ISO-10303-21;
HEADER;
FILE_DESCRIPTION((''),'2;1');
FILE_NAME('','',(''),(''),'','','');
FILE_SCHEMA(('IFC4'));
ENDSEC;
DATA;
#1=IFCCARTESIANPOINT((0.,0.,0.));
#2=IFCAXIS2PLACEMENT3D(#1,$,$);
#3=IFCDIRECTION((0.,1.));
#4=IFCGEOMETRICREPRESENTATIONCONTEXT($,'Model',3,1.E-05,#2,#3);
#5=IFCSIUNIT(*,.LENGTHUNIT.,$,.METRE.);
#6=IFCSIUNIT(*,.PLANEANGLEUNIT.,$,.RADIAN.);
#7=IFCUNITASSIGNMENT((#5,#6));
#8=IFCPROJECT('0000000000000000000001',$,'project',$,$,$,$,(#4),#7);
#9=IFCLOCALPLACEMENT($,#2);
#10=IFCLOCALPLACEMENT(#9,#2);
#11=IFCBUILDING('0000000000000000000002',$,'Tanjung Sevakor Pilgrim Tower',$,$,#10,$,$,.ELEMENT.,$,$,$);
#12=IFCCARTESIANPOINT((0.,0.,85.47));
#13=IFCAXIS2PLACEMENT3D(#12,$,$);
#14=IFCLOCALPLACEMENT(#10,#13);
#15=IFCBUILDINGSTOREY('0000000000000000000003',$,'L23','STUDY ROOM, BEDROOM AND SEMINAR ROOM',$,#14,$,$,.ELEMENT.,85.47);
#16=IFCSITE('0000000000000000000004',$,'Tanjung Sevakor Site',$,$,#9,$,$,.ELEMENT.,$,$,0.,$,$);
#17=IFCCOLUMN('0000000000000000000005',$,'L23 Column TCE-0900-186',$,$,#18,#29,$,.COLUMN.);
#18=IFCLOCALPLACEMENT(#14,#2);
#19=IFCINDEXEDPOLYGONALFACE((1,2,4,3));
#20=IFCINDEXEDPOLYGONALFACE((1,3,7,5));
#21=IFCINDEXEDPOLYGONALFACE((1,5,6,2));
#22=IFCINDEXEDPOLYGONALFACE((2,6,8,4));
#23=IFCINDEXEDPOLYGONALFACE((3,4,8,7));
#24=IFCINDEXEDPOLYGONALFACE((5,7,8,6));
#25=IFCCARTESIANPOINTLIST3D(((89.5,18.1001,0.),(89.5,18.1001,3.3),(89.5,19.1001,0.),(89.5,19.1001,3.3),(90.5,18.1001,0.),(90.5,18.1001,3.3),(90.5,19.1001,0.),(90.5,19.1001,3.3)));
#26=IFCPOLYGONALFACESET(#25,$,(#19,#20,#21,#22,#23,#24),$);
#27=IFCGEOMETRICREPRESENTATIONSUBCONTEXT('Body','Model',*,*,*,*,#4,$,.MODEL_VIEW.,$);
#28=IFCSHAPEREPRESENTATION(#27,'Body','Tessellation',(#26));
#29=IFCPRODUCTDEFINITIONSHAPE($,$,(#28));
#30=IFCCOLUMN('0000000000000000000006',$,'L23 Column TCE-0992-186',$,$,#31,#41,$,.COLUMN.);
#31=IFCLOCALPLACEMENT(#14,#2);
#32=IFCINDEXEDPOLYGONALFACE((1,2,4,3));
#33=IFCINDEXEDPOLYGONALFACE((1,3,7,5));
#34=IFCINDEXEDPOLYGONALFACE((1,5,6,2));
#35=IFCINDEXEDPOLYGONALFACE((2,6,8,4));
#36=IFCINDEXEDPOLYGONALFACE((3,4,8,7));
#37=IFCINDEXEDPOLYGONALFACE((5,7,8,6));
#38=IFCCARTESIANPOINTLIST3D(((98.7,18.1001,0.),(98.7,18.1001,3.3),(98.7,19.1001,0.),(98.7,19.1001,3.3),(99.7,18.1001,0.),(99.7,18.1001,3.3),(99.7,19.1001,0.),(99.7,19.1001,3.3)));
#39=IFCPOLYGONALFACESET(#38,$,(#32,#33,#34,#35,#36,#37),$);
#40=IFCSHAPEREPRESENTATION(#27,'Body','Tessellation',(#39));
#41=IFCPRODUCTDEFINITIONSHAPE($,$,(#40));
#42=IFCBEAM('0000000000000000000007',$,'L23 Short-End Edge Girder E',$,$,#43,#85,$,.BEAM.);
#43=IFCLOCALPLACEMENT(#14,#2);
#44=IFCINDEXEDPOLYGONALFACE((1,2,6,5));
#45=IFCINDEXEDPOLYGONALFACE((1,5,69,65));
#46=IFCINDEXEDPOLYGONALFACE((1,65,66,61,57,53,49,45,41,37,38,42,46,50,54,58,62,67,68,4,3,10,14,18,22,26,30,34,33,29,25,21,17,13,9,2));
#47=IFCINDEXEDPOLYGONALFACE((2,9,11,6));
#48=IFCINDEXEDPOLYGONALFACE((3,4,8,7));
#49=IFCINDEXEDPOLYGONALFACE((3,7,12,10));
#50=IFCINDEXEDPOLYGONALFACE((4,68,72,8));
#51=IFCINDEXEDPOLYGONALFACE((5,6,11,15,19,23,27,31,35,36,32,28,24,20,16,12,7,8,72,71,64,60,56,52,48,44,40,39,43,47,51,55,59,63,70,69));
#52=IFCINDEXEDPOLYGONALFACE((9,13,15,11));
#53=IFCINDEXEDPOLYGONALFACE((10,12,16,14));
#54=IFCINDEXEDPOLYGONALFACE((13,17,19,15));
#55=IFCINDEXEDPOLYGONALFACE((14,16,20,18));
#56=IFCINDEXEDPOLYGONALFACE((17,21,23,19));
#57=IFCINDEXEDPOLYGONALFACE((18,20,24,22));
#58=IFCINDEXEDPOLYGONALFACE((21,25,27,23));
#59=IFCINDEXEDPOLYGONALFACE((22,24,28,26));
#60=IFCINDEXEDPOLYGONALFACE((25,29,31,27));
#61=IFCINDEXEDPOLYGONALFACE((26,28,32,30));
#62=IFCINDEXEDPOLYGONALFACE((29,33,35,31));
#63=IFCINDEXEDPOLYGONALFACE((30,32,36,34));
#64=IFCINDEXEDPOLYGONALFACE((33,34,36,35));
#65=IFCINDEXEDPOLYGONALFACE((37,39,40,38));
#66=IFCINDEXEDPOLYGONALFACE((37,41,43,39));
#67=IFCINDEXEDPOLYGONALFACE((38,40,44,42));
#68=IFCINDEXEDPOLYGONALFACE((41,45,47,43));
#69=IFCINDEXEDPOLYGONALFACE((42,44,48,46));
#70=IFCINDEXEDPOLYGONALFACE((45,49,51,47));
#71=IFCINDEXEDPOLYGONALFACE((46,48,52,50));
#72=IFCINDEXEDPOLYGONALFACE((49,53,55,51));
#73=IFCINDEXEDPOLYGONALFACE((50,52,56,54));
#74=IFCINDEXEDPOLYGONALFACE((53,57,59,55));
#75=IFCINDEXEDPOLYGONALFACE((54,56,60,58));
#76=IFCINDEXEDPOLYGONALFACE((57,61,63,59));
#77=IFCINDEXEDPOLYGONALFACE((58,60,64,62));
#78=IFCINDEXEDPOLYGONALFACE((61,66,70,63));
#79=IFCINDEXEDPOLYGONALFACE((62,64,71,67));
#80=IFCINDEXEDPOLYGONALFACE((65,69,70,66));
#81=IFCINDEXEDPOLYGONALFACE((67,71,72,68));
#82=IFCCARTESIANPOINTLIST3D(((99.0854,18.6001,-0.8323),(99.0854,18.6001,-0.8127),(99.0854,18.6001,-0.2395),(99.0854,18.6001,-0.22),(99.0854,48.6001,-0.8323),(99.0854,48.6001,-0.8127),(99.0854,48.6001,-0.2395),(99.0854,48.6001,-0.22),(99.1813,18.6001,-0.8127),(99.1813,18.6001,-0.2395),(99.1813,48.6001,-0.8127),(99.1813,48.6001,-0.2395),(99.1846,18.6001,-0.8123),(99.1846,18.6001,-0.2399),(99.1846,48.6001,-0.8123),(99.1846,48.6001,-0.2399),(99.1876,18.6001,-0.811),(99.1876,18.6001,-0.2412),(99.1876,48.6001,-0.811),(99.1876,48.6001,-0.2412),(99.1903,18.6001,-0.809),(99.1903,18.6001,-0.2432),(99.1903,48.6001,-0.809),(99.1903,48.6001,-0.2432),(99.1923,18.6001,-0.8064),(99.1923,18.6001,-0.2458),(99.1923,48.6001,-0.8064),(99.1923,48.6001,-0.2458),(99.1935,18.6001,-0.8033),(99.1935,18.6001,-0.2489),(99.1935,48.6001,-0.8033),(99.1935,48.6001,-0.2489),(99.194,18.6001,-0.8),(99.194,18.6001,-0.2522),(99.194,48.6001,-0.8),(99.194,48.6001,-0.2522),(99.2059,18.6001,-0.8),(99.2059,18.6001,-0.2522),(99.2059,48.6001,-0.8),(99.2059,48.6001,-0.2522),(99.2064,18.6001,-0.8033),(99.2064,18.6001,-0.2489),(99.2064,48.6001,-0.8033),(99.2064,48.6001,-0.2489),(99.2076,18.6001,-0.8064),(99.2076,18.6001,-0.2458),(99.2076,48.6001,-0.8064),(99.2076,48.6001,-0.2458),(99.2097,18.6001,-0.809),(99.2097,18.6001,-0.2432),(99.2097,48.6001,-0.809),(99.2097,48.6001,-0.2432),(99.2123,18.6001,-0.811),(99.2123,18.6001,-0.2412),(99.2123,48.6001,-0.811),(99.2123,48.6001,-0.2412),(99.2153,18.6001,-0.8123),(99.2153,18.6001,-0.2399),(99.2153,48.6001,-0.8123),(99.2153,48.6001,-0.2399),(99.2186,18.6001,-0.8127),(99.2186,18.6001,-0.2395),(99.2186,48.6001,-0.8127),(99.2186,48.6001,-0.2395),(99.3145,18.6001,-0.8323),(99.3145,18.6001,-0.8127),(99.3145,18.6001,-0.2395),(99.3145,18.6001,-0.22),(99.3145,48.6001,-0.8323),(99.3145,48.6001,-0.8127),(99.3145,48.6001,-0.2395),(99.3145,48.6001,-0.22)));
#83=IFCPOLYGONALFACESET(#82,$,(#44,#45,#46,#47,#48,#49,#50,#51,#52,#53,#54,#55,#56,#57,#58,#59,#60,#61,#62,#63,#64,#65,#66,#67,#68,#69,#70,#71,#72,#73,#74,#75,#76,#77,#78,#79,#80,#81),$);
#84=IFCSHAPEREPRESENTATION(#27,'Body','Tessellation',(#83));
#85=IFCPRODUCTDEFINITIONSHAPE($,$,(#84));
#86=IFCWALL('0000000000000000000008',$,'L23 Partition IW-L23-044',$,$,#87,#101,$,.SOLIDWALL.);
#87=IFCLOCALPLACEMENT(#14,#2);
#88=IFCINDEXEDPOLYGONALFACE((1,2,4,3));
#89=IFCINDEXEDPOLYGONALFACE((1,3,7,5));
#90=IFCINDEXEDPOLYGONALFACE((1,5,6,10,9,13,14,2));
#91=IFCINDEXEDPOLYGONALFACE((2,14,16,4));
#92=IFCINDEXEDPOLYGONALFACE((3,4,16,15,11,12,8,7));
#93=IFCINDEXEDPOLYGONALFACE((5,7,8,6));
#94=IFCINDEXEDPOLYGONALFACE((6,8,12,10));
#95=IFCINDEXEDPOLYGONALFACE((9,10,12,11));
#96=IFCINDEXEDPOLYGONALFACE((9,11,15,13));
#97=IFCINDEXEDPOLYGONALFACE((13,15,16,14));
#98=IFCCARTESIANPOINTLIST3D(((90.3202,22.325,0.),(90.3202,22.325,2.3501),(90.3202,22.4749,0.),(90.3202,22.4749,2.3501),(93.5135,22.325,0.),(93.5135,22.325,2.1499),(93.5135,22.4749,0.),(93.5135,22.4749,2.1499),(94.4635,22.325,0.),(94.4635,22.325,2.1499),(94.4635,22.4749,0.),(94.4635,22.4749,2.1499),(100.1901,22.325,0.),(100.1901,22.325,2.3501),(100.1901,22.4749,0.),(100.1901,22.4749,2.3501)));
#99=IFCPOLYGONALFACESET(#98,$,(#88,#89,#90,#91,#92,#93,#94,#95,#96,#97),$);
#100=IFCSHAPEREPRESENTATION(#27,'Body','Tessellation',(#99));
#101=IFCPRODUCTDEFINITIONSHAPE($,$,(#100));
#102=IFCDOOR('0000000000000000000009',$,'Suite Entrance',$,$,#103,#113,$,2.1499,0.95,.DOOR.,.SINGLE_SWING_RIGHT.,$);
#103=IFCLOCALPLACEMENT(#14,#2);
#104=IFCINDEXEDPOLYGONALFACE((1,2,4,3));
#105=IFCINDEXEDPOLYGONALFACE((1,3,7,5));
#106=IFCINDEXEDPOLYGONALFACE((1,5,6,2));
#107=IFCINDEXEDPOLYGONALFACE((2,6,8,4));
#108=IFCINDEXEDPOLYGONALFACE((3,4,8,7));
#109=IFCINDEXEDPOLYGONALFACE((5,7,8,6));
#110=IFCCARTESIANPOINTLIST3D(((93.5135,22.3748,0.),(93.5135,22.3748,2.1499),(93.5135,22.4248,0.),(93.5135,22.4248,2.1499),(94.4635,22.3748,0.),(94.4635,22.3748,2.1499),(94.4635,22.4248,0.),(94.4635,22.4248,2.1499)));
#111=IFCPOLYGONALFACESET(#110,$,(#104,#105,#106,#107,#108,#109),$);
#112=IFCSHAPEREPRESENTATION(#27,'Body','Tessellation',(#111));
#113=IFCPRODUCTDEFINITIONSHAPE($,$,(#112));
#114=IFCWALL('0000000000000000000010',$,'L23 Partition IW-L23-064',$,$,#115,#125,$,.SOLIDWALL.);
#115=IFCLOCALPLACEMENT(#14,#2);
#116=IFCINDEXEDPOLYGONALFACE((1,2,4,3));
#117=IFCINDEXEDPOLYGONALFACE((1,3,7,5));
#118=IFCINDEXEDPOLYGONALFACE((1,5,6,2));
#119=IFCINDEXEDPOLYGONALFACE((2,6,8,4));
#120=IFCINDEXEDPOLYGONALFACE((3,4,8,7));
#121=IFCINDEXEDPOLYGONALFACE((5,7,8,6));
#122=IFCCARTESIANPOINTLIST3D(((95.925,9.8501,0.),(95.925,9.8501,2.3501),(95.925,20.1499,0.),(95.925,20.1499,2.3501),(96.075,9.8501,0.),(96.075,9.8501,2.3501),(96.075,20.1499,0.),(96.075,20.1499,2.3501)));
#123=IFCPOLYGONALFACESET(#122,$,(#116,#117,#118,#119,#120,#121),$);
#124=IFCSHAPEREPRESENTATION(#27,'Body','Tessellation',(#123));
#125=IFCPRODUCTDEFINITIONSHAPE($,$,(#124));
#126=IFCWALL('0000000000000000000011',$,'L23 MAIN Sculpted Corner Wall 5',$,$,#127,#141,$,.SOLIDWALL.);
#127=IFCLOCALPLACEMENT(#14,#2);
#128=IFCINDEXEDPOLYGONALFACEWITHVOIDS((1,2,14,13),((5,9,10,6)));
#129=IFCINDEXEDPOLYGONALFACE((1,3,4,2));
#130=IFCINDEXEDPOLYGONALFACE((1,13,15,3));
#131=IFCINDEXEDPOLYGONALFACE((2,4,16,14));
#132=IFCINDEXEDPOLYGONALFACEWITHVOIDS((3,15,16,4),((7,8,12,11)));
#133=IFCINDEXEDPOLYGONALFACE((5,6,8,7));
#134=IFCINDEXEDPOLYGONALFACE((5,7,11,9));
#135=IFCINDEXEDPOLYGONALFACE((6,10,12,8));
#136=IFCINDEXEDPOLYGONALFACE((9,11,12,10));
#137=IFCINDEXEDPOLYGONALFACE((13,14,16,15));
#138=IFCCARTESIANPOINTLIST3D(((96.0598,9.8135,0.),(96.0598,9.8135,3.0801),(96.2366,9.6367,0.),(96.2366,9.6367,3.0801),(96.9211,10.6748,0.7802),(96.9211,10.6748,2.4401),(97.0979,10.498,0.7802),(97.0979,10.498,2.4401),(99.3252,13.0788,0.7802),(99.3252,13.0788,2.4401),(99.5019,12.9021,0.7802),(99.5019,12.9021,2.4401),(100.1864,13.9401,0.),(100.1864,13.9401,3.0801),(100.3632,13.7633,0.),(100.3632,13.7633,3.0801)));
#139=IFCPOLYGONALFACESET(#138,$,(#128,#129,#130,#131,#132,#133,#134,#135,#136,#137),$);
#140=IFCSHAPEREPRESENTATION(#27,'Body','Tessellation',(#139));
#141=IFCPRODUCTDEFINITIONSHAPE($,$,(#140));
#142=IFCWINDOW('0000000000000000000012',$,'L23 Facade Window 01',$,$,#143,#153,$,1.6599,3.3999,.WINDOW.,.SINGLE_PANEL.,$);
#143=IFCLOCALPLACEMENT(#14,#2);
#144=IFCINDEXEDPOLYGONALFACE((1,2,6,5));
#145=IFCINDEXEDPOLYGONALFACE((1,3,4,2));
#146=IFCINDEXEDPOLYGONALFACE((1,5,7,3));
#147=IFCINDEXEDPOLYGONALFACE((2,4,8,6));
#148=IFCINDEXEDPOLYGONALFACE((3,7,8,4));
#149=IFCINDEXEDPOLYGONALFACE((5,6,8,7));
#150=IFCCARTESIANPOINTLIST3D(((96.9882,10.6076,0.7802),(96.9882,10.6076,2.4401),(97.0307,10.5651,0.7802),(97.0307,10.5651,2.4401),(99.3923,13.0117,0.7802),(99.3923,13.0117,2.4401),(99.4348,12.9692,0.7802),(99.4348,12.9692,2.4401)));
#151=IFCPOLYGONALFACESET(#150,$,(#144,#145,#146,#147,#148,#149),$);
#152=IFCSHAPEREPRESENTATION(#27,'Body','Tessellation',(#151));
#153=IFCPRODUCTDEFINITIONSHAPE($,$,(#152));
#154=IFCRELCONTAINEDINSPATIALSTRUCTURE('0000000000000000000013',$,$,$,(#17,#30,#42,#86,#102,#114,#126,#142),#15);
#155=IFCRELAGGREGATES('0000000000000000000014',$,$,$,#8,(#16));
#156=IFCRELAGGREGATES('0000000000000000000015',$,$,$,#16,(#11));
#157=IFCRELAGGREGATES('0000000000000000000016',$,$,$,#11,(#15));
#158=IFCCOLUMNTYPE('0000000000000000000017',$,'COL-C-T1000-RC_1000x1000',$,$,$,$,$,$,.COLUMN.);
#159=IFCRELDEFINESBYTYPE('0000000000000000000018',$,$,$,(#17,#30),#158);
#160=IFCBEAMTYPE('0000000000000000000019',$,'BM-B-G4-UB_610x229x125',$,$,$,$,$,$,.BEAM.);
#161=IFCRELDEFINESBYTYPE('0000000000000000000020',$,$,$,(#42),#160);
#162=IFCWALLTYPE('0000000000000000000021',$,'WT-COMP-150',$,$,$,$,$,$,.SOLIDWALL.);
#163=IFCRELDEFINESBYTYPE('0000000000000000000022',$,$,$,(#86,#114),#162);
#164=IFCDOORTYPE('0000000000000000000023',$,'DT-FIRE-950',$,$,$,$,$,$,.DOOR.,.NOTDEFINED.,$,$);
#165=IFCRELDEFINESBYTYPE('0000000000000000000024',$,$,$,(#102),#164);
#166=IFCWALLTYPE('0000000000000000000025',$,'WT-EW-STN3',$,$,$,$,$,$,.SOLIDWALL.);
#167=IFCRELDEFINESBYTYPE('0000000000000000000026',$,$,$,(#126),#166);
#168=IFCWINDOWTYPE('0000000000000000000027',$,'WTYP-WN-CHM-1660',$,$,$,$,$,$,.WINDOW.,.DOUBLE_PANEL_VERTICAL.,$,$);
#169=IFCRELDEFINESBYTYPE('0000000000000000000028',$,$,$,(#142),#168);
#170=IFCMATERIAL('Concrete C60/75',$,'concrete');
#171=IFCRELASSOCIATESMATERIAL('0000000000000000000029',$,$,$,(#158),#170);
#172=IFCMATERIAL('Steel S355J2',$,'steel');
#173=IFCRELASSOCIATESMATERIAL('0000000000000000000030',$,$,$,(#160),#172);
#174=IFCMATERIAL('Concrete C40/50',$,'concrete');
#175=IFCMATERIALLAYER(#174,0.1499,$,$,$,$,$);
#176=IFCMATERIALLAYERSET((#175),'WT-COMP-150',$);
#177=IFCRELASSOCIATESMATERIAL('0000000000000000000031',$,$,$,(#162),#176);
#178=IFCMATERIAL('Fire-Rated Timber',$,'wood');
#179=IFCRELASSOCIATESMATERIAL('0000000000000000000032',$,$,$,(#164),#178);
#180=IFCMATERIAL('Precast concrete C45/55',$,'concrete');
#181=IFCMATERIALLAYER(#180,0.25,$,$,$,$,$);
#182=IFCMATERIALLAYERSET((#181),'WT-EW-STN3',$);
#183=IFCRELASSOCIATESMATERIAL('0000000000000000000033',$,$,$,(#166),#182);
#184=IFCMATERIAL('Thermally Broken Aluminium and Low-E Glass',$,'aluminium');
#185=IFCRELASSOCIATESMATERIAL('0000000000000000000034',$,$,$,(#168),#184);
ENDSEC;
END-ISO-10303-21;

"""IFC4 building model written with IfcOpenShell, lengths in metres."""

from ifc_helpers import new_model, si_unit, direction, frame, frame_2d, origin, origin_2d, place, context, subcontext, project, spatial, rectangle, i_section, extrude, material, layer, layer_set, material_profile, profile_set, type_object, element, fill, save


model = new_model("IFC4")

# Units and contexts
model_context = context("Model", 3, precision=1e-05, world=origin(), true_north=direction((0.0, 1.0)))
body_context = subcontext(model_context, "Body", "Model", "MODEL_VIEW")
ifc_project = project(units=[si_unit("LENGTHUNIT", "METRE"), si_unit("PLANEANGLEUNIT", "RADIAN")], contexts=[model_context])

# Site, building, storey
site_placement = place(None, origin())
site = spatial("IfcSite", under=ifc_project, at=site_placement, Name="Tanjung Sevakor Site", CompositionType="ELEMENT", RefElevation=0.0)
building_placement = place(site_placement, origin())
building = spatial("IfcBuilding", under=site, at=building_placement, Name="Tanjung Sevakor Pilgrim Tower", CompositionType="ELEMENT")
storey_placement = place(building_placement, frame((0.0, 0.0, 85.47)))
storey = spatial("IfcBuildingStorey", under=building, at=storey_placement, Name="L23", Description="STUDY ROOM, BEDROOM AND SEMINAR ROOM", CompositionType="ELEMENT", Elevation=85.47)

# Columns
ifc_material_1 = material(Name="Concrete C60/75", Category="concrete")
ifc_material_profile_1 = material_profile(ifc_material_1, rectangle(XDim=1.0, YDim=1.0, at=origin_2d()))
ifc_profile_set_1 = profile_set([ifc_material_profile_1], Name="Concrete C60/75")
column_type = type_object("IfcColumnType", Name="COL-C-T1000-RC_1000x1000", PredefinedType="COLUMN", material=ifc_profile_set_1)
for number, where, z_axis, x_axis, name in (
    (1, (90.0, 18.6001, 0.0), (0.0, 0.0, 1.0), (1.0, 0.0, 0.0), "L23 Column TCE-0900-186"),
    (2, (99.2, 18.6001, 0.0), (0.0, 0.0, 1.0), (1.0, 0.0, 0.0), "L23 Column TCE-0992-186"),
):
    element("IfcColumn", number, at=place(storey_placement, frame(where, z_axis=z_axis, x_axis=x_axis)), inside=storey, type_object=column_type, Name=name, PredefinedType="COLUMN", context=body_context, shape_type="SweptSolid", body=[
        extrude(rectangle(XDim=1.0, YDim=1.0, at=origin_2d()), origin(), (0.0, 0.0, 1.0), 3.3),
    ])

# Beam
ifc_material_2 = material(Name="Steel S355J2", Category="steel")
ifc_material_profile_2 = material_profile(ifc_material_2, i_section(OverallWidth=0.229, OverallDepth=0.6123, WebThickness=0.012, FlangeThickness=0.0195, FilletRadius=0.0127, at=origin_2d()))
ifc_profile_set_2 = profile_set([ifc_material_profile_2], Name="Steel S355J2")
beam_type = type_object("IfcBeamType", Name="BM-B-G4-UB_610x229x125", PredefinedType="BEAM", material=ifc_profile_set_2)
beam_placement = place(storey_placement, frame((99.2, 18.6001, -0.5261), z_axis=(0.0, 1.0, 0.0), x_axis=(-1.0, 0.0, 0.0)))
element("IfcBeam", 3, at=beam_placement, inside=storey, type_object=beam_type, Name="L23 Short-End Edge Girder E", PredefinedType="BEAM", context=body_context, shape_type="SweptSolid", body=[
    extrude(i_section(OverallWidth=0.229, OverallDepth=0.6123, WebThickness=0.012, FlangeThickness=0.0195, FilletRadius=0.0127, at=origin_2d()), origin(), (0.0, 0.0, 1.0), 30.0),
])

# Wall, opening, door
ifc_material_3 = material(Name="Concrete C40/50", Category="concrete")
ifc_layer_1 = layer(ifc_material_3, 0.1499)
ifc_layer_set_1 = layer_set([ifc_layer_1], Name="WT-COMP-150")
wall_type_1 = type_object("IfcWallType", Name="WT-COMP-150", PredefinedType="SOLIDWALL", material=ifc_layer_set_1)
wall_1_placement = place(storey_placement, frame((90.3201, 22.3999, 0.0), z_axis=(0.0, 0.0, 1.0), x_axis=(1.0, 0.0, 0.0)))
wall_1 = element("IfcWall", 4, at=wall_1_placement, inside=storey, type_object=wall_type_1, Name="L23 Partition IW-L23-044", PredefinedType="SOLIDWALL", context=body_context, shape_type="SweptSolid", body=[
    extrude(rectangle(XDim=9.8699, YDim=0.1499, at=frame_2d((4.9351, 0.0))), origin(), (0.0, 0.0, 1.0), 2.3501),
])
opening_1_placement = place(wall_1_placement, frame((3.1934, 0.0, 0.0)))
opening_1 = element("IfcOpeningElement", 5, at=opening_1_placement, cuts=wall_1, PredefinedType="OPENING", context=body_context, shape_type="SweptSolid", body=[
    extrude(rectangle(XDim=0.95, YDim=2.1499, at=frame_2d((0.4751, 1.075))), frame((0.0, 0.085, 0.0), z_axis=(0.0, -1.0, 0.0), x_axis=(1.0, 0.0, 0.0)), (0.0, 0.0, 1.0), 0.1699),
])
ifc_material_4 = material(Name="Fire-Rated Timber", Category="wood")
door_type_1 = type_object("IfcDoorType", Name="DT-FIRE-950", OperationType="NOTDEFINED", PredefinedType="DOOR", material=ifc_material_4)
door_1_placement = place(opening_1_placement, origin())
door_1 = element("IfcDoor", 6, at=door_1_placement, inside=storey, type_object=door_type_1, Name="Suite Entrance", OperationType="SINGLE_SWING_RIGHT", OverallHeight=2.1499, OverallWidth=0.95, PredefinedType="DOOR", context=body_context, shape_type="SweptSolid", body=[
    extrude(rectangle(XDim=0.95, YDim=2.1499, at=frame_2d((0.4751, 1.075))), frame((0.0, 0.0249, 0.0), z_axis=(0.0, -1.0, 0.0), x_axis=(1.0, 0.0, 0.0)), (0.0, 0.0, 1.0), 0.05),
])
fill(opening_1, door_1)

# Wall
wall_2_placement = place(storey_placement, frame((96.0, 9.8501, 0.0), z_axis=(0.0, 0.0, 1.0), x_axis=(0.0, 1.0, 0.0)))
element("IfcWall", 7, at=wall_2_placement, inside=storey, type_object=wall_type_1, Name="L23 Partition IW-L23-064", PredefinedType="SOLIDWALL", context=body_context, shape_type="SweptSolid", body=[
    extrude(rectangle(XDim=10.2998, YDim=0.1499, at=frame_2d((5.1499, 0.0))), origin(), (0.0, 0.0, 1.0), 2.3501),
])

# Wall, opening, window
ifc_material_5 = material(Name="Precast concrete C45/55", Category="concrete")
ifc_layer_2 = layer(ifc_material_5, 0.25)
ifc_layer_set_2 = layer_set([ifc_layer_2], Name="WT-EW-STN3")
wall_type_2 = type_object("IfcWallType", Name="WT-EW-STN3", PredefinedType="SOLIDWALL", material=ifc_layer_set_2)
wall_3_placement = place(storey_placement, frame((96.1482, 9.7251, 0.0), z_axis=(0.0, 0.0, 1.0), x_axis=(0.707107, 0.707107, 0.0)))
wall_3 = element("IfcWall", 8, at=wall_3_placement, inside=storey, type_object=wall_type_2, Name="L23 MAIN Sculpted Corner Wall 5", PredefinedType="SOLIDWALL", context=body_context, shape_type="SweptSolid", body=[
    extrude(rectangle(XDim=5.8359, YDim=0.25, at=frame_2d((2.918, 0.0))), origin(), (0.0, 0.0, 1.0), 3.0801),
])
opening_2_placement = place(wall_3_placement, frame((1.218, 0.0, 0.78)))
opening_2 = element("IfcOpeningElement", 9, at=opening_2_placement, cuts=wall_3, PredefinedType="OPENING", context=body_context, shape_type="SweptSolid", body=[
    extrude(rectangle(XDim=3.3999, YDim=1.6599, at=frame_2d((1.7, 0.8301))), frame((0.0, 0.135, 0.0), z_axis=(0.0, -1.0, 0.0), x_axis=(1.0, 0.0, 0.0)), (0.0, 0.0, 1.0), 0.27),
])
ifc_material_6 = material(Name="Thermally Broken Aluminium and Low-E Glass", Category="aluminium")
window_type_1 = type_object("IfcWindowType", Name="WTYP-WN-CHM-1660", PartitioningType="DOUBLE_PANEL_VERTICAL", PredefinedType="WINDOW", material=ifc_material_6)
window_1_placement = place(opening_2_placement, origin())
window_1 = element("IfcWindow", 10, at=window_1_placement, inside=storey, type_object=window_type_1, Name="L23 Facade Window 01", OverallHeight=1.6599, OverallWidth=3.3999, PartitioningType="SINGLE_PANEL", PredefinedType="WINDOW", context=body_context, shape_type="SweptSolid", body=[
    extrude(rectangle(XDim=3.3999, YDim=1.6599, at=frame_2d((1.7, 0.8301))), frame((0.0, 0.03, 0.0), z_axis=(0.0, -1.0, 0.0), x_axis=(1.0, 0.0, 0.0)), (0.0, 0.0, 1.0), 0.0601),
])
fill(opening_2, window_1)

save(model, "model.ifc")
